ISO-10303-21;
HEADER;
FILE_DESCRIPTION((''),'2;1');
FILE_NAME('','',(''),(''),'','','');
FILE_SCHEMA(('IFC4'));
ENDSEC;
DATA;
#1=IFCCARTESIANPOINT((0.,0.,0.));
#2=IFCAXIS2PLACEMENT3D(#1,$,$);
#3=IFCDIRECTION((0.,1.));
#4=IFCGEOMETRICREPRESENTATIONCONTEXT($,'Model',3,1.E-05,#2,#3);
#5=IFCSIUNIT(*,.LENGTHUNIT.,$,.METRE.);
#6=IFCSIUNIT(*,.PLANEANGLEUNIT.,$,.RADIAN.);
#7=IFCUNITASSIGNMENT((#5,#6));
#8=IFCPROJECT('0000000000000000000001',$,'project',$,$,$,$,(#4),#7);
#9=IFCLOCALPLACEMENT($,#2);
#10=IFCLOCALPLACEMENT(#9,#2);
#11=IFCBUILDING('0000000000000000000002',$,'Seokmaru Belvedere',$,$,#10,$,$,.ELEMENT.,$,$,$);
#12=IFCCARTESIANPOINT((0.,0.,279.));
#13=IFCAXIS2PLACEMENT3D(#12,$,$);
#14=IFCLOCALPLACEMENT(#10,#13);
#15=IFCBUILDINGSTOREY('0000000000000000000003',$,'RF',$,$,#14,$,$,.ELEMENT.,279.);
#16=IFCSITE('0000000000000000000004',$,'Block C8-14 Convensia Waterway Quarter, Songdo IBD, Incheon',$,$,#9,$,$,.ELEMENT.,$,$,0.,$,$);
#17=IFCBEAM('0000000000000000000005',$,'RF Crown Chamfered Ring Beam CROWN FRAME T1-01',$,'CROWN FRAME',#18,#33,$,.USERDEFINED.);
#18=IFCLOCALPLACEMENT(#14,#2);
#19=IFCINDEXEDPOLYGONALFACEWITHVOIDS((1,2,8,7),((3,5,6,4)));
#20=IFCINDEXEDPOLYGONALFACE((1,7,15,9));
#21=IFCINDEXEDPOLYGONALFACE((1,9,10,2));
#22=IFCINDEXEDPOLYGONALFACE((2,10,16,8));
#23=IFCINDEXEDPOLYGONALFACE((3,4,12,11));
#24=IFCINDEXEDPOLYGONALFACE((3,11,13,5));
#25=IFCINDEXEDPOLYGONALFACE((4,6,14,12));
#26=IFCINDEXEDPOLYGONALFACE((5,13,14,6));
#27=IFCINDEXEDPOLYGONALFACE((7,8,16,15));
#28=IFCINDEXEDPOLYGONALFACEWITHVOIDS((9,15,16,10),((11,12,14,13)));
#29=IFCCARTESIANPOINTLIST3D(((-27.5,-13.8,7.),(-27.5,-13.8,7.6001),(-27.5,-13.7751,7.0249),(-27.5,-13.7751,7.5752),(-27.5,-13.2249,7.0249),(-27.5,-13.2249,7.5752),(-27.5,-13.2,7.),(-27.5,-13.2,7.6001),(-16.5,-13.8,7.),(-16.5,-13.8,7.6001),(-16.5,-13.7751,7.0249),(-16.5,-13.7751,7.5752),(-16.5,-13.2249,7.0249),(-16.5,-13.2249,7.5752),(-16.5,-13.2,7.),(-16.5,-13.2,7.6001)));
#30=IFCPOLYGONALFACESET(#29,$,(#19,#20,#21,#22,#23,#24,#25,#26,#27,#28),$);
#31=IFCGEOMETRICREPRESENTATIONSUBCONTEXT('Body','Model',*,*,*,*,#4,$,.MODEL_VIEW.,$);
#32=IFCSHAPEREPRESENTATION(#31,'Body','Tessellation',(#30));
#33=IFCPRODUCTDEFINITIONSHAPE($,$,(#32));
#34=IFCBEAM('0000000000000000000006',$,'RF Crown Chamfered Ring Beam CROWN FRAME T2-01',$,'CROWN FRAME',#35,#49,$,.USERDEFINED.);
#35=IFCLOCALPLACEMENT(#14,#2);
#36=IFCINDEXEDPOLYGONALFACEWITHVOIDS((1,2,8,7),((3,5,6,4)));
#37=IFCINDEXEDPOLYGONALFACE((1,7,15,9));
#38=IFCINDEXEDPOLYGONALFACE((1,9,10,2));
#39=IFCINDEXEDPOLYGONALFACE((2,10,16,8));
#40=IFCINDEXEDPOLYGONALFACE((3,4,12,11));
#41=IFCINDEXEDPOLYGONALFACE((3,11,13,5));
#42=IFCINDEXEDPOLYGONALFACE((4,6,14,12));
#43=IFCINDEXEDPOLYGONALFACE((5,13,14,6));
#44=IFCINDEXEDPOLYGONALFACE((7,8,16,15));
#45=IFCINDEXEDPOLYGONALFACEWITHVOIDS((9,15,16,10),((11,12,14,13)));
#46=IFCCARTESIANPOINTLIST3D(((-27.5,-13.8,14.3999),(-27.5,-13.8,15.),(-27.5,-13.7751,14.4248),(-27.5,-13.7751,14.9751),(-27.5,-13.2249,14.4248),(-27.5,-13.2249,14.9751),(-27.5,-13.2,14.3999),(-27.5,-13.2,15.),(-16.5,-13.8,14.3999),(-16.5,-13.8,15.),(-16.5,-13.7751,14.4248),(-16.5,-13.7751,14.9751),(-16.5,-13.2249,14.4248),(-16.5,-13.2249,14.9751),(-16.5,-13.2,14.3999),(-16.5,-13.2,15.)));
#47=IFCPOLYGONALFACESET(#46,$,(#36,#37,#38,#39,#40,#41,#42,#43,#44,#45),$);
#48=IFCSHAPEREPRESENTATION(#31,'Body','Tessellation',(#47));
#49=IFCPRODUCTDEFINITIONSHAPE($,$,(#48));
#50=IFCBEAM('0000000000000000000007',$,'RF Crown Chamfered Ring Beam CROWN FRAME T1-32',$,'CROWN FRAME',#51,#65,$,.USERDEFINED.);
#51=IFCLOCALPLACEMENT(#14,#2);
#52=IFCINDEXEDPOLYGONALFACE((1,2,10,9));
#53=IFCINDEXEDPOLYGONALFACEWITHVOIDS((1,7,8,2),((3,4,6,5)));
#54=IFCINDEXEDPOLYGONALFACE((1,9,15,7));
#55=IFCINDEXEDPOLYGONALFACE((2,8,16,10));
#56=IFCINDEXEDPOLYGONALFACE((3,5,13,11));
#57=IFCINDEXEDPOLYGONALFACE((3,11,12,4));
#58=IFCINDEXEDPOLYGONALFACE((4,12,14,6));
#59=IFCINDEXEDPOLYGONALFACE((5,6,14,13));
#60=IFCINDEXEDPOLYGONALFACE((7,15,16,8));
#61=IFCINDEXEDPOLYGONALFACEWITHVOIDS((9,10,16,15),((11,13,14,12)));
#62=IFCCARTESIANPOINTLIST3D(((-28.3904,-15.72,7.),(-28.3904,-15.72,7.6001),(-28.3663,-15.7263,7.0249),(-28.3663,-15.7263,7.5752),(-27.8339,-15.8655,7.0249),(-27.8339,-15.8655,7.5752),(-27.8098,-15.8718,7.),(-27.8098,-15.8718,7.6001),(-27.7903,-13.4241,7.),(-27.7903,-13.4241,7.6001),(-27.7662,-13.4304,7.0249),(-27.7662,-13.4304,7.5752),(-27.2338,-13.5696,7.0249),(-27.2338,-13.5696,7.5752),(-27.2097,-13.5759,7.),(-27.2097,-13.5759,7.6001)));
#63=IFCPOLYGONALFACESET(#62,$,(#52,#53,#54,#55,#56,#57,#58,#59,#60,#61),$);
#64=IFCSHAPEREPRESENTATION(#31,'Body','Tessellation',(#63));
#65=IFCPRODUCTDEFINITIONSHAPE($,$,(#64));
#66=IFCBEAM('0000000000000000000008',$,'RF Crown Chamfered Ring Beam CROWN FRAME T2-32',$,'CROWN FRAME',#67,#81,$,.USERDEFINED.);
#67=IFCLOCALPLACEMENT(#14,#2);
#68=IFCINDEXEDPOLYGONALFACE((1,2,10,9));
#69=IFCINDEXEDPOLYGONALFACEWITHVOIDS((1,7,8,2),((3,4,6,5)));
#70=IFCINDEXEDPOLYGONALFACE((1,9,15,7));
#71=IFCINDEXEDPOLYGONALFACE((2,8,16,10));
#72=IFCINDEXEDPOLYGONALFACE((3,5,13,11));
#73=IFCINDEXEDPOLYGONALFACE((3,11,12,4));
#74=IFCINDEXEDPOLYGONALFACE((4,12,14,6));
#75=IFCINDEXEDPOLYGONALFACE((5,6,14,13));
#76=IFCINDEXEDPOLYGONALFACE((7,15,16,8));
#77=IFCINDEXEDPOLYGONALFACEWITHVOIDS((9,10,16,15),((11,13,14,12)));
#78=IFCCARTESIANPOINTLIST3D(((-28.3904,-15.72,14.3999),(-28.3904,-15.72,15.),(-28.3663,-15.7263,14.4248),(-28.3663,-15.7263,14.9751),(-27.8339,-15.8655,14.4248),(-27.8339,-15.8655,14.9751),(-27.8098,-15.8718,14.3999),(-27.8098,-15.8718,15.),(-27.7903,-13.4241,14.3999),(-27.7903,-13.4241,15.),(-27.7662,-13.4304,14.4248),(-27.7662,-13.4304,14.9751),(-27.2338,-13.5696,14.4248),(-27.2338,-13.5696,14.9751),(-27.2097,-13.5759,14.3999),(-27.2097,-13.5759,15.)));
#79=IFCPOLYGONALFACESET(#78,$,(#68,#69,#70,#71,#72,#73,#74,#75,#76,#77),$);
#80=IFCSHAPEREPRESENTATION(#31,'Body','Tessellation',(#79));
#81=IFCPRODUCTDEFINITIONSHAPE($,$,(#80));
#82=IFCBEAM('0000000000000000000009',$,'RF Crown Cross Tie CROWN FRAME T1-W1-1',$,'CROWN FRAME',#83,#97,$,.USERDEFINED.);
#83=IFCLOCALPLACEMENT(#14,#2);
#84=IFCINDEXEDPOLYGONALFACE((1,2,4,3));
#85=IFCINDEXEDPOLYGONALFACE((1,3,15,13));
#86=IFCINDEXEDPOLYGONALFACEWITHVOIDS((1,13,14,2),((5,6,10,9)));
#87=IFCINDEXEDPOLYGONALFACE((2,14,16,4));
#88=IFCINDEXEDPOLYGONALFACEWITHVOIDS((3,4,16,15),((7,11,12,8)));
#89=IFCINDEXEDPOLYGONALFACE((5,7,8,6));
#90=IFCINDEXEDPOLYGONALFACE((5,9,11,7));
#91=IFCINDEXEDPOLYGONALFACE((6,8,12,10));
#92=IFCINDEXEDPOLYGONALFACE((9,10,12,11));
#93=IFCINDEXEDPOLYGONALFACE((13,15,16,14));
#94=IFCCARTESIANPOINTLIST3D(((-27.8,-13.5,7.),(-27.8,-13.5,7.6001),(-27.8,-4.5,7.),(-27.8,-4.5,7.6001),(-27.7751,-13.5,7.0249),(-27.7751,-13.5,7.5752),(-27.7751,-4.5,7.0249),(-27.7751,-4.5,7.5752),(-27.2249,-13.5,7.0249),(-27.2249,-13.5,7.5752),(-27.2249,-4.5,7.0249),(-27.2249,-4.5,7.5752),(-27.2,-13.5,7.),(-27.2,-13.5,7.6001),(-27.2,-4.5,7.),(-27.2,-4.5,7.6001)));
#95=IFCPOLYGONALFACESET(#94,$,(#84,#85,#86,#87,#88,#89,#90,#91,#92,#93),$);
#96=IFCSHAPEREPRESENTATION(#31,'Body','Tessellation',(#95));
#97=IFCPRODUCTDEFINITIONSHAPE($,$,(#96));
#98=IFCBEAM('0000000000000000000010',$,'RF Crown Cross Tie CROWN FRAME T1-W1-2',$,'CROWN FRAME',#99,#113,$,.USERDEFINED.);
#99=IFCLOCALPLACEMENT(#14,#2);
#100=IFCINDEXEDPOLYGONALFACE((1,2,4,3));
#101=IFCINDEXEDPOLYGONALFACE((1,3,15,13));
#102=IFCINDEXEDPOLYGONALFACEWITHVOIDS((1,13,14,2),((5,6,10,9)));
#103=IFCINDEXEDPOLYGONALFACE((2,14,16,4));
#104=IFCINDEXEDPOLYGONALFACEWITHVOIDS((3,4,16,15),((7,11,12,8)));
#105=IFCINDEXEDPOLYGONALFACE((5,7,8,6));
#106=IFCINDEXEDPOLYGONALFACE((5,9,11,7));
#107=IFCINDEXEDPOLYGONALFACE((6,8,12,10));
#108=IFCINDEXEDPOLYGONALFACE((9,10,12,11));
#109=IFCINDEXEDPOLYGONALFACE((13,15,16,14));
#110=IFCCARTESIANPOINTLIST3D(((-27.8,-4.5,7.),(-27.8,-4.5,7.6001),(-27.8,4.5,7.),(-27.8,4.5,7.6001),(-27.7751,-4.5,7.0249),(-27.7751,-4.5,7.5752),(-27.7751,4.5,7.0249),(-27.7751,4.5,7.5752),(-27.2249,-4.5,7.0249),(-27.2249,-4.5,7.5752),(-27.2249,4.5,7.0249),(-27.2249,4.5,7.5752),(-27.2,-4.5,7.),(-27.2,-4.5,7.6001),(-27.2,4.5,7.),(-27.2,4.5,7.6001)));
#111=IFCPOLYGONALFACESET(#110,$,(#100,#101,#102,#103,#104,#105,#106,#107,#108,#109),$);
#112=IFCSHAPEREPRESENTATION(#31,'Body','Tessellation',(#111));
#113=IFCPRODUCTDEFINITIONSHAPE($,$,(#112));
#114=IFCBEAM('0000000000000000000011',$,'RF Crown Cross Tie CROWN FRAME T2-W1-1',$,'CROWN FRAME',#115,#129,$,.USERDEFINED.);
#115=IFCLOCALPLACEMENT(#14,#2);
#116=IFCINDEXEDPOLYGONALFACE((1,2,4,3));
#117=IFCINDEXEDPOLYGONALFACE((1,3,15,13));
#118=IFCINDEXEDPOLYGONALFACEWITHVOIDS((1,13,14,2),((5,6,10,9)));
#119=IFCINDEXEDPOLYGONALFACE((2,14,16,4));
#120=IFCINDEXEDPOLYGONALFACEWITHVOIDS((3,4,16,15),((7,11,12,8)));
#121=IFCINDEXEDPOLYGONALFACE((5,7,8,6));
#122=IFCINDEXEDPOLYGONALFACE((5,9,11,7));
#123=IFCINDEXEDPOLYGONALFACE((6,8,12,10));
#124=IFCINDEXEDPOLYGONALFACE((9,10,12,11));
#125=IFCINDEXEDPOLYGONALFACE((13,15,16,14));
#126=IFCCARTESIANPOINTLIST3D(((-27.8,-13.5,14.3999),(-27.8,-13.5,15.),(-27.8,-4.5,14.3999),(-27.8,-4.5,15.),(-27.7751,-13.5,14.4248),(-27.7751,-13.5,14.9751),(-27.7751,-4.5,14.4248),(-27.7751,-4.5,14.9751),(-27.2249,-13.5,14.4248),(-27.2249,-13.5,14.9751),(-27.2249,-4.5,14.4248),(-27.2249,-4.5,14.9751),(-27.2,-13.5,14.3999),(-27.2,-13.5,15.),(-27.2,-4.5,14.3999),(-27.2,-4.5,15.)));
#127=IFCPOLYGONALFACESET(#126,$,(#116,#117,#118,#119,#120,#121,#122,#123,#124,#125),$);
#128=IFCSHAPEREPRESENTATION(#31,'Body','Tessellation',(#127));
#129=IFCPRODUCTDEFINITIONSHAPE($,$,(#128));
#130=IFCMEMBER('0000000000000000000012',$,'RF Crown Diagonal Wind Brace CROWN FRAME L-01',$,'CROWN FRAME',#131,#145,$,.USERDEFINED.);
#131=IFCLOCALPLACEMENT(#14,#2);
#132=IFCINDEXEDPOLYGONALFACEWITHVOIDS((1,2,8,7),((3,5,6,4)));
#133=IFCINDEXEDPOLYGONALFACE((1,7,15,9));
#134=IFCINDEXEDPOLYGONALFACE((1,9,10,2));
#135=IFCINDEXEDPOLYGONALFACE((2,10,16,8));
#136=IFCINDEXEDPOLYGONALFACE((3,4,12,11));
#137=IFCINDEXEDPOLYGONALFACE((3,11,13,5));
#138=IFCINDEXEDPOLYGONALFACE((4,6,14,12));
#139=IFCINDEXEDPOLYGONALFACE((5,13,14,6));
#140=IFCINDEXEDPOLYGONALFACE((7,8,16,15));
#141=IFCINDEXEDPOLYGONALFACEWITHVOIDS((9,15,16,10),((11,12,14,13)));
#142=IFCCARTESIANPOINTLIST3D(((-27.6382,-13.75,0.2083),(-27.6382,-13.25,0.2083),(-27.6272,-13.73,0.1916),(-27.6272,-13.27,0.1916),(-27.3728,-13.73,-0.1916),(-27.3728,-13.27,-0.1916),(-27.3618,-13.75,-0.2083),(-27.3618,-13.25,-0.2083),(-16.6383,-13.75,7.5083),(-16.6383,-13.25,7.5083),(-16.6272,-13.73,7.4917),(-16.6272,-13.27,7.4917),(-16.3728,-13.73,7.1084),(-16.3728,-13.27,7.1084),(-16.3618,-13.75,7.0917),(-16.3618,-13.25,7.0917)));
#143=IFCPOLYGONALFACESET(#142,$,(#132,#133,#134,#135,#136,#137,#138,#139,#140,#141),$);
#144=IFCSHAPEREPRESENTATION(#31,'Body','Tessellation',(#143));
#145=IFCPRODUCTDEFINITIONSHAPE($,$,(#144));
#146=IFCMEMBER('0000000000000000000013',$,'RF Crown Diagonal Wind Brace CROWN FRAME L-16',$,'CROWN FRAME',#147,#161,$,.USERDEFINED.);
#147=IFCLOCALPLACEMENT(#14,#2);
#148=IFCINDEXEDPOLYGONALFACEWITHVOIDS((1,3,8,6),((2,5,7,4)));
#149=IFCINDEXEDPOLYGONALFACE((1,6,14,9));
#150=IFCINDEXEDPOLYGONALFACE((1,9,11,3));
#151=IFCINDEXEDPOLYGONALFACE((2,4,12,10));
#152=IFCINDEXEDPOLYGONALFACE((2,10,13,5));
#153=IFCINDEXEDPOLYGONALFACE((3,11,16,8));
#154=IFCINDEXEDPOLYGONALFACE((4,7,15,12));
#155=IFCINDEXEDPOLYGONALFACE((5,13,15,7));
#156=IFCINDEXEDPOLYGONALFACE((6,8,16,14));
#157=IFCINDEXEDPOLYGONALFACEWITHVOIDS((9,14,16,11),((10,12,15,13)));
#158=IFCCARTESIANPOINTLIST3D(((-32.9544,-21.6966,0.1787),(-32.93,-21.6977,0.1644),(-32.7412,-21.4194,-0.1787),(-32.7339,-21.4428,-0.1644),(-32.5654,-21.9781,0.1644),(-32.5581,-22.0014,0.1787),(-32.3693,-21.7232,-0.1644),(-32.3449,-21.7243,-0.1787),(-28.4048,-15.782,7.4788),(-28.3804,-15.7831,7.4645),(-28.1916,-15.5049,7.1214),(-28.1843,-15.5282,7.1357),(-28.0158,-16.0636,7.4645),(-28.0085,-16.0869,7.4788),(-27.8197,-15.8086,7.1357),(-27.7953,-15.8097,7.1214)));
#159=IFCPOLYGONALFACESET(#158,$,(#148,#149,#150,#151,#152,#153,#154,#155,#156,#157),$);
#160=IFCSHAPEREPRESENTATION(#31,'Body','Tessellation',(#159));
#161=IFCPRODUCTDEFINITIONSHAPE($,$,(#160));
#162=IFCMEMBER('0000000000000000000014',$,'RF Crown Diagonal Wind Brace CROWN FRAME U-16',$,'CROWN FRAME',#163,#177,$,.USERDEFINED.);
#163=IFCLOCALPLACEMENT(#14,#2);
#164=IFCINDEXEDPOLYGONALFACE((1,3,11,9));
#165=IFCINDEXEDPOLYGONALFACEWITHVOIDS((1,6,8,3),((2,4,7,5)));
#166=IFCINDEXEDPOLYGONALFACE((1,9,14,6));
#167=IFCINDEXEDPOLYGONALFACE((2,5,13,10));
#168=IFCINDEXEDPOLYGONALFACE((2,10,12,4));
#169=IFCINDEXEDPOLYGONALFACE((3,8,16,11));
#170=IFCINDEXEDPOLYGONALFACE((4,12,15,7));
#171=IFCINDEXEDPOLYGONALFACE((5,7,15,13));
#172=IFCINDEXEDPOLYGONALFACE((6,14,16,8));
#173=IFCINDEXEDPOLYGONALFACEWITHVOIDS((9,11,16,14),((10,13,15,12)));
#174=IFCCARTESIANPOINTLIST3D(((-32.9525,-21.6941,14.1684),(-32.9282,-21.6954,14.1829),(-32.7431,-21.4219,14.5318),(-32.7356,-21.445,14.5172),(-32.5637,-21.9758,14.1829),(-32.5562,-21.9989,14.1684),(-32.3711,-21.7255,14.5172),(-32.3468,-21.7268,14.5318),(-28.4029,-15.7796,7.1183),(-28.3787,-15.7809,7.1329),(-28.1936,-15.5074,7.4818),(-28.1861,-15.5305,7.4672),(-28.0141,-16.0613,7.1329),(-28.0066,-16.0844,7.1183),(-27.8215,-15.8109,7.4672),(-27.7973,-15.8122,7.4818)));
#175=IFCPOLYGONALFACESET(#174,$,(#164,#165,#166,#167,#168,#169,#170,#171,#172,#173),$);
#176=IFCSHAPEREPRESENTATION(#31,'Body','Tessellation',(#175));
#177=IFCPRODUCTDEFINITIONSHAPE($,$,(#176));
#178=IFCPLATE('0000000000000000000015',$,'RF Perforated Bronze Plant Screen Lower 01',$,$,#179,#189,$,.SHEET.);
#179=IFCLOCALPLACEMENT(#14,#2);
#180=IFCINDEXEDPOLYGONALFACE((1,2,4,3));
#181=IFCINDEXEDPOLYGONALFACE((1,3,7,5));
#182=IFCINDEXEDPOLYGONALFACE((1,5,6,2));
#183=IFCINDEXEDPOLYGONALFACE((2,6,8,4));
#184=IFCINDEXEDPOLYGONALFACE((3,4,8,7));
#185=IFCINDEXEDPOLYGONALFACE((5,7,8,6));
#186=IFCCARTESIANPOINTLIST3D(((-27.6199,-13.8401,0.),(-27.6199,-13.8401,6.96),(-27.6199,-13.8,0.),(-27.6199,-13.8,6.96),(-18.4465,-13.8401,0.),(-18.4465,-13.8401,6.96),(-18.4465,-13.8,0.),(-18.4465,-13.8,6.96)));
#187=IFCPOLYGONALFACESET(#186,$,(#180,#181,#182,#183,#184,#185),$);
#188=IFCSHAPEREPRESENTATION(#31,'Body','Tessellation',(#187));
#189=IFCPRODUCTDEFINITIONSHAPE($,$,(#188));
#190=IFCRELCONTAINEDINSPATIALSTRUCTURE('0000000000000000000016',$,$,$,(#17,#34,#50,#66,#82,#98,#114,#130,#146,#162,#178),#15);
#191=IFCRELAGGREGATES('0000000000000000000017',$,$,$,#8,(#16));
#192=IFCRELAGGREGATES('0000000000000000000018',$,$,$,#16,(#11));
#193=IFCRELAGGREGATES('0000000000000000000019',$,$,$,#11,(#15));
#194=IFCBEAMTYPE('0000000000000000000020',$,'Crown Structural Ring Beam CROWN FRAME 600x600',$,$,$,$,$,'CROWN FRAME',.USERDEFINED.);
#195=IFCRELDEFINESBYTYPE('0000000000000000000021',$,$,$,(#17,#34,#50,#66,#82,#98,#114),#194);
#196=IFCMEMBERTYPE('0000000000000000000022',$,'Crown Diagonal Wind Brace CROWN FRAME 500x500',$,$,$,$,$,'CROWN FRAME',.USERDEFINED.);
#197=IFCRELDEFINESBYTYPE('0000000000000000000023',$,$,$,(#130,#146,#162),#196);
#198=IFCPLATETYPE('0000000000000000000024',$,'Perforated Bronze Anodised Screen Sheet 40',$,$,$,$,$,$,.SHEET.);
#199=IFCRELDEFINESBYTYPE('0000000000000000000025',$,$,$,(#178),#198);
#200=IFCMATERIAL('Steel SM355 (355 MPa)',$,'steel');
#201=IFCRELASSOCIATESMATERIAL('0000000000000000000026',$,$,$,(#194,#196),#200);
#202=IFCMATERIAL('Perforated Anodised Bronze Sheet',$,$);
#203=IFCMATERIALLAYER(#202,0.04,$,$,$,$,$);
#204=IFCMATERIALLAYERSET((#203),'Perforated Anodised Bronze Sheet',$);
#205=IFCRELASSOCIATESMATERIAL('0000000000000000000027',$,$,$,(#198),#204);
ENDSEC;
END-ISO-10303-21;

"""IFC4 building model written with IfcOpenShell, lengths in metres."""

from ifc_helpers import new_model, si_unit, direction, frame, origin, origin_2d, place, context, subcontext, project, spatial, rectangle, hollow_rectangle, extrude, source, transform, mapped, material, layer, layer_set, material_profile, profile_set, type_object, type_shapes, element, save


model = new_model("IFC4")

# Units and contexts
model_context = context("Model", 3, precision=1e-05, world=origin(), true_north=direction((0.0, 1.0)))
body_context = subcontext(model_context, "Body", "Model", "MODEL_VIEW")
ifc_project = project(units=[si_unit("LENGTHUNIT", "METRE"), si_unit("PLANEANGLEUNIT", "RADIAN")], contexts=[model_context])

# Site, building, storey
site_placement = place(None, origin())
site = spatial("IfcSite", under=ifc_project, at=site_placement, Name="Block C8-14 Convensia Waterway Quarter, Songdo IBD, Incheon", CompositionType="ELEMENT", RefElevation=0.0)
building_placement = place(site_placement, origin())
building = spatial("IfcBuilding", under=site, at=building_placement, Name="Seokmaru Belvedere", CompositionType="ELEMENT")
storey_placement = place(building_placement, frame((0.0, 0.0, 279.0)))
storey = spatial("IfcBuildingStorey", under=building, at=storey_placement, Name="RF", CompositionType="ELEMENT", Elevation=279.0)

# Shared definitions
ifc_material_1 = material(Name="Steel SM355 (355 MPa)", Category="steel")

# Beams
ifc_material_profile_1 = material_profile(ifc_material_1, hollow_rectangle(XDim=0.6001, YDim=0.6001, WallThickness=0.0249, at=origin_2d()), Name="HSS-600x600x25")
ifc_profile_set_1 = profile_set([ifc_material_profile_1], Name="Steel SM355 (355 MPa)")
beam_type_1 = type_object("IfcBeamType", Name="Crown Structural Ring Beam CROWN FRAME 600x600", ElementType="CROWN FRAME", PredefinedType="USERDEFINED", material=ifc_profile_set_1)
shared_shape_1 = source(origin(), body_context, "Body", "SweptSolid", [
    extrude(hollow_rectangle(XDim=0.6001, YDim=0.6001, WallThickness=0.0249, at=origin_2d()), origin(), (0.0, 0.0, 1.0), 11.0),
])
for number, where, z_axis, x_axis, name in (
    (1, (-27.5, -13.5, 7.3), (1.0, 0.0, 0.0), (0.0, 1.0, 0.0), "RF Crown Chamfered Ring Beam CROWN FRAME T1-01"),
    (2, (-27.5, -13.5, 14.7), (1.0, 0.0, 0.0), (0.0, 1.0, 0.0), "RF Crown Chamfered Ring Beam CROWN FRAME T2-01"),
):
    element("IfcBeam", number, at=place(storey_placement, frame(where, z_axis=z_axis, x_axis=x_axis)), inside=storey, type_object=beam_type_1, Name=name, ObjectType="CROWN FRAME", PredefinedType="USERDEFINED", context=body_context, shape_type="MappedRepresentation", body=[
        mapped(shared_shape_1, transform((0.0, 0.0, 0.0), scale=1.0)),
    ])
shared_shape_2 = source(origin(), body_context, "Body", "SweptSolid", [
    extrude(hollow_rectangle(XDim=0.6001, YDim=0.6001, WallThickness=0.0249, at=origin_2d()), origin(), (0.0, 0.0, 1.0), 2.373),
])
for number, where, z_axis, x_axis, name in (
    (3, (-28.1001, -15.7959, 7.3), (0.252883, 0.967497, 0.0), (-0.967497, 0.252883, 0.0), "RF Crown Chamfered Ring Beam CROWN FRAME T1-32"),
    (4, (-28.1001, -15.7959, 14.7), (0.252883, 0.967497, 0.0), (-0.967497, 0.252883, 0.0), "RF Crown Chamfered Ring Beam CROWN FRAME T2-32"),
):
    element("IfcBeam", number, at=place(storey_placement, frame(where, z_axis=z_axis, x_axis=x_axis)), inside=storey, type_object=beam_type_1, Name=name, ObjectType="CROWN FRAME", PredefinedType="USERDEFINED", context=body_context, shape_type="MappedRepresentation", body=[
        mapped(shared_shape_2, transform((0.0, 0.0, 0.0), scale=1.0)),
    ])
shared_shape_3 = source(origin(), body_context, "Body", "SweptSolid", [
    extrude(hollow_rectangle(XDim=0.6001, YDim=0.6001, WallThickness=0.0249, at=origin_2d()), origin(), (0.0, 0.0, 1.0), 9.0),
])
type_shapes(beam_type_1, [shared_shape_1, shared_shape_2, shared_shape_3])
for number, where, z_axis, x_axis, name in (
    (5, (-27.5, -13.5, 7.3), (0.0, 1.0, 0.0), (-1.0, 0.0, 0.0), "RF Crown Cross Tie CROWN FRAME T1-W1-1"),
    (6, (-27.5, -4.5, 7.3), (0.0, 1.0, 0.0), (-1.0, 0.0, 0.0), "RF Crown Cross Tie CROWN FRAME T1-W1-2"),
    (7, (-27.5, -13.5, 14.7), (0.0, 1.0, 0.0), (-1.0, 0.0, 0.0), "RF Crown Cross Tie CROWN FRAME T2-W1-1"),
):
    element("IfcBeam", number, at=place(storey_placement, frame(where, z_axis=z_axis, x_axis=x_axis)), inside=storey, type_object=beam_type_1, Name=name, ObjectType="CROWN FRAME", PredefinedType="USERDEFINED", context=body_context, shape_type="MappedRepresentation", body=[
        mapped(shared_shape_3, transform((0.0, 0.0, 0.0), scale=1.0)),
    ])

# Members
ifc_material_profile_2 = material_profile(ifc_material_1, hollow_rectangle(XDim=0.5, YDim=0.5, WallThickness=0.02, at=origin_2d()), Name="HSS-500x500x20")
ifc_profile_set_2 = profile_set([ifc_material_profile_2], Name="Steel SM355 (355 MPa)")
member_type = type_object("IfcMemberType", Name="Crown Diagonal Wind Brace CROWN FRAME 500x500", ElementType="CROWN FRAME", PredefinedType="USERDEFINED", material=ifc_profile_set_2)
shared_shape_4 = source(origin(), body_context, "Body", "SweptSolid", [
    extrude(hollow_rectangle(XDim=0.5, YDim=0.5, WallThickness=0.02, at=origin_2d()), origin(), (0.0, 0.0, 1.0), 13.2019),
])
member_1_placement = place(storey_placement, frame((-27.5, -13.5, 0.0), z_axis=(0.833212, 0.0, 0.552954), x_axis=(0.0, 1.0, 0.0)))
element("IfcMember", 8, at=member_1_placement, inside=storey, type_object=member_type, Name="RF Crown Diagonal Wind Brace CROWN FRAME L-01", ObjectType="CROWN FRAME", PredefinedType="USERDEFINED", context=body_context, shape_type="MappedRepresentation", body=[
    mapped(shared_shape_4, transform((0.0, 0.0, 0.0), scale=1.0)),
])
shared_shape_5 = source(origin(), body_context, "Body", "SweptSolid", [
    extrude(hollow_rectangle(XDim=0.5, YDim=0.5, WallThickness=0.02, at=origin_2d()), origin(), (0.0, 0.0, 1.0), 10.439),
])
member_2_placement = place(storey_placement, frame((-32.6497, -21.7104, 0.0), z_axis=(0.435827, 0.566586, 0.69931), x_axis=(-0.79263, 0.609703, 0.0)))
element("IfcMember", 9, at=member_2_placement, inside=storey, type_object=member_type, Name="RF Crown Diagonal Wind Brace CROWN FRAME L-16", ObjectType="CROWN FRAME", PredefinedType="USERDEFINED", context=body_context, shape_type="MappedRepresentation", body=[
    mapped(shared_shape_5, transform((0.0, 0.0, 0.0), scale=1.0)),
])
shared_shape_6 = source(origin(), body_context, "Body", "SweptSolid", [
    extrude(hollow_rectangle(XDim=0.5, YDim=0.5, WallThickness=0.02, at=origin_2d()), origin(), (0.0, 0.0, 1.0), 10.2656),
])
type_shapes(member_type, [shared_shape_4, shared_shape_5, shared_shape_6])
member_3_placement = place(storey_placement, frame((-28.1001, -15.7959, 7.3), z_axis=(-0.443183, -0.57615, 0.686761), x_axis=(0.79263, -0.609703, 0.0)))
element("IfcMember", 10, at=member_3_placement, inside=storey, type_object=member_type, Name="RF Crown Diagonal Wind Brace CROWN FRAME U-16", ObjectType="CROWN FRAME", PredefinedType="USERDEFINED", context=body_context, shape_type="MappedRepresentation", body=[
    mapped(shared_shape_6, transform((0.0, 0.0, 0.0), scale=1.0)),
])

# Plate
ifc_material_2 = material(Name="Perforated Anodised Bronze Sheet")
ifc_layer_1 = layer(ifc_material_2, 0.04)
ifc_layer_set_1 = layer_set([ifc_layer_1], Name="Perforated Anodised Bronze Sheet")
plate_type_1 = type_object("IfcPlateType", Name="Perforated Bronze Anodised Screen Sheet 40", PredefinedType="SHEET", material=ifc_layer_set_1)
shared_shape_7 = source(origin(), body_context, "Body", "SweptSolid", [
    extrude(rectangle(XDim=9.1733, YDim=0.04, at=origin_2d()), origin(), (0.0, 0.0, 1.0), 6.96),
])
plate_1_placement = place(storey_placement, frame((-23.0332, -13.8201, 0.0), z_axis=(0.0, 0.0, 1.0), x_axis=(1.0, 0.0, 0.0)))
element("IfcPlate", 11, at=plate_1_placement, inside=storey, type_object=plate_type_1, Name="RF Perforated Bronze Plant Screen Lower 01", PredefinedType="SHEET", context=body_context, shape_type="MappedRepresentation", body=[
    mapped(shared_shape_7, transform((0.0, 0.0, 0.0), scale=1.0)),
])

save(model, "model.ifc")
